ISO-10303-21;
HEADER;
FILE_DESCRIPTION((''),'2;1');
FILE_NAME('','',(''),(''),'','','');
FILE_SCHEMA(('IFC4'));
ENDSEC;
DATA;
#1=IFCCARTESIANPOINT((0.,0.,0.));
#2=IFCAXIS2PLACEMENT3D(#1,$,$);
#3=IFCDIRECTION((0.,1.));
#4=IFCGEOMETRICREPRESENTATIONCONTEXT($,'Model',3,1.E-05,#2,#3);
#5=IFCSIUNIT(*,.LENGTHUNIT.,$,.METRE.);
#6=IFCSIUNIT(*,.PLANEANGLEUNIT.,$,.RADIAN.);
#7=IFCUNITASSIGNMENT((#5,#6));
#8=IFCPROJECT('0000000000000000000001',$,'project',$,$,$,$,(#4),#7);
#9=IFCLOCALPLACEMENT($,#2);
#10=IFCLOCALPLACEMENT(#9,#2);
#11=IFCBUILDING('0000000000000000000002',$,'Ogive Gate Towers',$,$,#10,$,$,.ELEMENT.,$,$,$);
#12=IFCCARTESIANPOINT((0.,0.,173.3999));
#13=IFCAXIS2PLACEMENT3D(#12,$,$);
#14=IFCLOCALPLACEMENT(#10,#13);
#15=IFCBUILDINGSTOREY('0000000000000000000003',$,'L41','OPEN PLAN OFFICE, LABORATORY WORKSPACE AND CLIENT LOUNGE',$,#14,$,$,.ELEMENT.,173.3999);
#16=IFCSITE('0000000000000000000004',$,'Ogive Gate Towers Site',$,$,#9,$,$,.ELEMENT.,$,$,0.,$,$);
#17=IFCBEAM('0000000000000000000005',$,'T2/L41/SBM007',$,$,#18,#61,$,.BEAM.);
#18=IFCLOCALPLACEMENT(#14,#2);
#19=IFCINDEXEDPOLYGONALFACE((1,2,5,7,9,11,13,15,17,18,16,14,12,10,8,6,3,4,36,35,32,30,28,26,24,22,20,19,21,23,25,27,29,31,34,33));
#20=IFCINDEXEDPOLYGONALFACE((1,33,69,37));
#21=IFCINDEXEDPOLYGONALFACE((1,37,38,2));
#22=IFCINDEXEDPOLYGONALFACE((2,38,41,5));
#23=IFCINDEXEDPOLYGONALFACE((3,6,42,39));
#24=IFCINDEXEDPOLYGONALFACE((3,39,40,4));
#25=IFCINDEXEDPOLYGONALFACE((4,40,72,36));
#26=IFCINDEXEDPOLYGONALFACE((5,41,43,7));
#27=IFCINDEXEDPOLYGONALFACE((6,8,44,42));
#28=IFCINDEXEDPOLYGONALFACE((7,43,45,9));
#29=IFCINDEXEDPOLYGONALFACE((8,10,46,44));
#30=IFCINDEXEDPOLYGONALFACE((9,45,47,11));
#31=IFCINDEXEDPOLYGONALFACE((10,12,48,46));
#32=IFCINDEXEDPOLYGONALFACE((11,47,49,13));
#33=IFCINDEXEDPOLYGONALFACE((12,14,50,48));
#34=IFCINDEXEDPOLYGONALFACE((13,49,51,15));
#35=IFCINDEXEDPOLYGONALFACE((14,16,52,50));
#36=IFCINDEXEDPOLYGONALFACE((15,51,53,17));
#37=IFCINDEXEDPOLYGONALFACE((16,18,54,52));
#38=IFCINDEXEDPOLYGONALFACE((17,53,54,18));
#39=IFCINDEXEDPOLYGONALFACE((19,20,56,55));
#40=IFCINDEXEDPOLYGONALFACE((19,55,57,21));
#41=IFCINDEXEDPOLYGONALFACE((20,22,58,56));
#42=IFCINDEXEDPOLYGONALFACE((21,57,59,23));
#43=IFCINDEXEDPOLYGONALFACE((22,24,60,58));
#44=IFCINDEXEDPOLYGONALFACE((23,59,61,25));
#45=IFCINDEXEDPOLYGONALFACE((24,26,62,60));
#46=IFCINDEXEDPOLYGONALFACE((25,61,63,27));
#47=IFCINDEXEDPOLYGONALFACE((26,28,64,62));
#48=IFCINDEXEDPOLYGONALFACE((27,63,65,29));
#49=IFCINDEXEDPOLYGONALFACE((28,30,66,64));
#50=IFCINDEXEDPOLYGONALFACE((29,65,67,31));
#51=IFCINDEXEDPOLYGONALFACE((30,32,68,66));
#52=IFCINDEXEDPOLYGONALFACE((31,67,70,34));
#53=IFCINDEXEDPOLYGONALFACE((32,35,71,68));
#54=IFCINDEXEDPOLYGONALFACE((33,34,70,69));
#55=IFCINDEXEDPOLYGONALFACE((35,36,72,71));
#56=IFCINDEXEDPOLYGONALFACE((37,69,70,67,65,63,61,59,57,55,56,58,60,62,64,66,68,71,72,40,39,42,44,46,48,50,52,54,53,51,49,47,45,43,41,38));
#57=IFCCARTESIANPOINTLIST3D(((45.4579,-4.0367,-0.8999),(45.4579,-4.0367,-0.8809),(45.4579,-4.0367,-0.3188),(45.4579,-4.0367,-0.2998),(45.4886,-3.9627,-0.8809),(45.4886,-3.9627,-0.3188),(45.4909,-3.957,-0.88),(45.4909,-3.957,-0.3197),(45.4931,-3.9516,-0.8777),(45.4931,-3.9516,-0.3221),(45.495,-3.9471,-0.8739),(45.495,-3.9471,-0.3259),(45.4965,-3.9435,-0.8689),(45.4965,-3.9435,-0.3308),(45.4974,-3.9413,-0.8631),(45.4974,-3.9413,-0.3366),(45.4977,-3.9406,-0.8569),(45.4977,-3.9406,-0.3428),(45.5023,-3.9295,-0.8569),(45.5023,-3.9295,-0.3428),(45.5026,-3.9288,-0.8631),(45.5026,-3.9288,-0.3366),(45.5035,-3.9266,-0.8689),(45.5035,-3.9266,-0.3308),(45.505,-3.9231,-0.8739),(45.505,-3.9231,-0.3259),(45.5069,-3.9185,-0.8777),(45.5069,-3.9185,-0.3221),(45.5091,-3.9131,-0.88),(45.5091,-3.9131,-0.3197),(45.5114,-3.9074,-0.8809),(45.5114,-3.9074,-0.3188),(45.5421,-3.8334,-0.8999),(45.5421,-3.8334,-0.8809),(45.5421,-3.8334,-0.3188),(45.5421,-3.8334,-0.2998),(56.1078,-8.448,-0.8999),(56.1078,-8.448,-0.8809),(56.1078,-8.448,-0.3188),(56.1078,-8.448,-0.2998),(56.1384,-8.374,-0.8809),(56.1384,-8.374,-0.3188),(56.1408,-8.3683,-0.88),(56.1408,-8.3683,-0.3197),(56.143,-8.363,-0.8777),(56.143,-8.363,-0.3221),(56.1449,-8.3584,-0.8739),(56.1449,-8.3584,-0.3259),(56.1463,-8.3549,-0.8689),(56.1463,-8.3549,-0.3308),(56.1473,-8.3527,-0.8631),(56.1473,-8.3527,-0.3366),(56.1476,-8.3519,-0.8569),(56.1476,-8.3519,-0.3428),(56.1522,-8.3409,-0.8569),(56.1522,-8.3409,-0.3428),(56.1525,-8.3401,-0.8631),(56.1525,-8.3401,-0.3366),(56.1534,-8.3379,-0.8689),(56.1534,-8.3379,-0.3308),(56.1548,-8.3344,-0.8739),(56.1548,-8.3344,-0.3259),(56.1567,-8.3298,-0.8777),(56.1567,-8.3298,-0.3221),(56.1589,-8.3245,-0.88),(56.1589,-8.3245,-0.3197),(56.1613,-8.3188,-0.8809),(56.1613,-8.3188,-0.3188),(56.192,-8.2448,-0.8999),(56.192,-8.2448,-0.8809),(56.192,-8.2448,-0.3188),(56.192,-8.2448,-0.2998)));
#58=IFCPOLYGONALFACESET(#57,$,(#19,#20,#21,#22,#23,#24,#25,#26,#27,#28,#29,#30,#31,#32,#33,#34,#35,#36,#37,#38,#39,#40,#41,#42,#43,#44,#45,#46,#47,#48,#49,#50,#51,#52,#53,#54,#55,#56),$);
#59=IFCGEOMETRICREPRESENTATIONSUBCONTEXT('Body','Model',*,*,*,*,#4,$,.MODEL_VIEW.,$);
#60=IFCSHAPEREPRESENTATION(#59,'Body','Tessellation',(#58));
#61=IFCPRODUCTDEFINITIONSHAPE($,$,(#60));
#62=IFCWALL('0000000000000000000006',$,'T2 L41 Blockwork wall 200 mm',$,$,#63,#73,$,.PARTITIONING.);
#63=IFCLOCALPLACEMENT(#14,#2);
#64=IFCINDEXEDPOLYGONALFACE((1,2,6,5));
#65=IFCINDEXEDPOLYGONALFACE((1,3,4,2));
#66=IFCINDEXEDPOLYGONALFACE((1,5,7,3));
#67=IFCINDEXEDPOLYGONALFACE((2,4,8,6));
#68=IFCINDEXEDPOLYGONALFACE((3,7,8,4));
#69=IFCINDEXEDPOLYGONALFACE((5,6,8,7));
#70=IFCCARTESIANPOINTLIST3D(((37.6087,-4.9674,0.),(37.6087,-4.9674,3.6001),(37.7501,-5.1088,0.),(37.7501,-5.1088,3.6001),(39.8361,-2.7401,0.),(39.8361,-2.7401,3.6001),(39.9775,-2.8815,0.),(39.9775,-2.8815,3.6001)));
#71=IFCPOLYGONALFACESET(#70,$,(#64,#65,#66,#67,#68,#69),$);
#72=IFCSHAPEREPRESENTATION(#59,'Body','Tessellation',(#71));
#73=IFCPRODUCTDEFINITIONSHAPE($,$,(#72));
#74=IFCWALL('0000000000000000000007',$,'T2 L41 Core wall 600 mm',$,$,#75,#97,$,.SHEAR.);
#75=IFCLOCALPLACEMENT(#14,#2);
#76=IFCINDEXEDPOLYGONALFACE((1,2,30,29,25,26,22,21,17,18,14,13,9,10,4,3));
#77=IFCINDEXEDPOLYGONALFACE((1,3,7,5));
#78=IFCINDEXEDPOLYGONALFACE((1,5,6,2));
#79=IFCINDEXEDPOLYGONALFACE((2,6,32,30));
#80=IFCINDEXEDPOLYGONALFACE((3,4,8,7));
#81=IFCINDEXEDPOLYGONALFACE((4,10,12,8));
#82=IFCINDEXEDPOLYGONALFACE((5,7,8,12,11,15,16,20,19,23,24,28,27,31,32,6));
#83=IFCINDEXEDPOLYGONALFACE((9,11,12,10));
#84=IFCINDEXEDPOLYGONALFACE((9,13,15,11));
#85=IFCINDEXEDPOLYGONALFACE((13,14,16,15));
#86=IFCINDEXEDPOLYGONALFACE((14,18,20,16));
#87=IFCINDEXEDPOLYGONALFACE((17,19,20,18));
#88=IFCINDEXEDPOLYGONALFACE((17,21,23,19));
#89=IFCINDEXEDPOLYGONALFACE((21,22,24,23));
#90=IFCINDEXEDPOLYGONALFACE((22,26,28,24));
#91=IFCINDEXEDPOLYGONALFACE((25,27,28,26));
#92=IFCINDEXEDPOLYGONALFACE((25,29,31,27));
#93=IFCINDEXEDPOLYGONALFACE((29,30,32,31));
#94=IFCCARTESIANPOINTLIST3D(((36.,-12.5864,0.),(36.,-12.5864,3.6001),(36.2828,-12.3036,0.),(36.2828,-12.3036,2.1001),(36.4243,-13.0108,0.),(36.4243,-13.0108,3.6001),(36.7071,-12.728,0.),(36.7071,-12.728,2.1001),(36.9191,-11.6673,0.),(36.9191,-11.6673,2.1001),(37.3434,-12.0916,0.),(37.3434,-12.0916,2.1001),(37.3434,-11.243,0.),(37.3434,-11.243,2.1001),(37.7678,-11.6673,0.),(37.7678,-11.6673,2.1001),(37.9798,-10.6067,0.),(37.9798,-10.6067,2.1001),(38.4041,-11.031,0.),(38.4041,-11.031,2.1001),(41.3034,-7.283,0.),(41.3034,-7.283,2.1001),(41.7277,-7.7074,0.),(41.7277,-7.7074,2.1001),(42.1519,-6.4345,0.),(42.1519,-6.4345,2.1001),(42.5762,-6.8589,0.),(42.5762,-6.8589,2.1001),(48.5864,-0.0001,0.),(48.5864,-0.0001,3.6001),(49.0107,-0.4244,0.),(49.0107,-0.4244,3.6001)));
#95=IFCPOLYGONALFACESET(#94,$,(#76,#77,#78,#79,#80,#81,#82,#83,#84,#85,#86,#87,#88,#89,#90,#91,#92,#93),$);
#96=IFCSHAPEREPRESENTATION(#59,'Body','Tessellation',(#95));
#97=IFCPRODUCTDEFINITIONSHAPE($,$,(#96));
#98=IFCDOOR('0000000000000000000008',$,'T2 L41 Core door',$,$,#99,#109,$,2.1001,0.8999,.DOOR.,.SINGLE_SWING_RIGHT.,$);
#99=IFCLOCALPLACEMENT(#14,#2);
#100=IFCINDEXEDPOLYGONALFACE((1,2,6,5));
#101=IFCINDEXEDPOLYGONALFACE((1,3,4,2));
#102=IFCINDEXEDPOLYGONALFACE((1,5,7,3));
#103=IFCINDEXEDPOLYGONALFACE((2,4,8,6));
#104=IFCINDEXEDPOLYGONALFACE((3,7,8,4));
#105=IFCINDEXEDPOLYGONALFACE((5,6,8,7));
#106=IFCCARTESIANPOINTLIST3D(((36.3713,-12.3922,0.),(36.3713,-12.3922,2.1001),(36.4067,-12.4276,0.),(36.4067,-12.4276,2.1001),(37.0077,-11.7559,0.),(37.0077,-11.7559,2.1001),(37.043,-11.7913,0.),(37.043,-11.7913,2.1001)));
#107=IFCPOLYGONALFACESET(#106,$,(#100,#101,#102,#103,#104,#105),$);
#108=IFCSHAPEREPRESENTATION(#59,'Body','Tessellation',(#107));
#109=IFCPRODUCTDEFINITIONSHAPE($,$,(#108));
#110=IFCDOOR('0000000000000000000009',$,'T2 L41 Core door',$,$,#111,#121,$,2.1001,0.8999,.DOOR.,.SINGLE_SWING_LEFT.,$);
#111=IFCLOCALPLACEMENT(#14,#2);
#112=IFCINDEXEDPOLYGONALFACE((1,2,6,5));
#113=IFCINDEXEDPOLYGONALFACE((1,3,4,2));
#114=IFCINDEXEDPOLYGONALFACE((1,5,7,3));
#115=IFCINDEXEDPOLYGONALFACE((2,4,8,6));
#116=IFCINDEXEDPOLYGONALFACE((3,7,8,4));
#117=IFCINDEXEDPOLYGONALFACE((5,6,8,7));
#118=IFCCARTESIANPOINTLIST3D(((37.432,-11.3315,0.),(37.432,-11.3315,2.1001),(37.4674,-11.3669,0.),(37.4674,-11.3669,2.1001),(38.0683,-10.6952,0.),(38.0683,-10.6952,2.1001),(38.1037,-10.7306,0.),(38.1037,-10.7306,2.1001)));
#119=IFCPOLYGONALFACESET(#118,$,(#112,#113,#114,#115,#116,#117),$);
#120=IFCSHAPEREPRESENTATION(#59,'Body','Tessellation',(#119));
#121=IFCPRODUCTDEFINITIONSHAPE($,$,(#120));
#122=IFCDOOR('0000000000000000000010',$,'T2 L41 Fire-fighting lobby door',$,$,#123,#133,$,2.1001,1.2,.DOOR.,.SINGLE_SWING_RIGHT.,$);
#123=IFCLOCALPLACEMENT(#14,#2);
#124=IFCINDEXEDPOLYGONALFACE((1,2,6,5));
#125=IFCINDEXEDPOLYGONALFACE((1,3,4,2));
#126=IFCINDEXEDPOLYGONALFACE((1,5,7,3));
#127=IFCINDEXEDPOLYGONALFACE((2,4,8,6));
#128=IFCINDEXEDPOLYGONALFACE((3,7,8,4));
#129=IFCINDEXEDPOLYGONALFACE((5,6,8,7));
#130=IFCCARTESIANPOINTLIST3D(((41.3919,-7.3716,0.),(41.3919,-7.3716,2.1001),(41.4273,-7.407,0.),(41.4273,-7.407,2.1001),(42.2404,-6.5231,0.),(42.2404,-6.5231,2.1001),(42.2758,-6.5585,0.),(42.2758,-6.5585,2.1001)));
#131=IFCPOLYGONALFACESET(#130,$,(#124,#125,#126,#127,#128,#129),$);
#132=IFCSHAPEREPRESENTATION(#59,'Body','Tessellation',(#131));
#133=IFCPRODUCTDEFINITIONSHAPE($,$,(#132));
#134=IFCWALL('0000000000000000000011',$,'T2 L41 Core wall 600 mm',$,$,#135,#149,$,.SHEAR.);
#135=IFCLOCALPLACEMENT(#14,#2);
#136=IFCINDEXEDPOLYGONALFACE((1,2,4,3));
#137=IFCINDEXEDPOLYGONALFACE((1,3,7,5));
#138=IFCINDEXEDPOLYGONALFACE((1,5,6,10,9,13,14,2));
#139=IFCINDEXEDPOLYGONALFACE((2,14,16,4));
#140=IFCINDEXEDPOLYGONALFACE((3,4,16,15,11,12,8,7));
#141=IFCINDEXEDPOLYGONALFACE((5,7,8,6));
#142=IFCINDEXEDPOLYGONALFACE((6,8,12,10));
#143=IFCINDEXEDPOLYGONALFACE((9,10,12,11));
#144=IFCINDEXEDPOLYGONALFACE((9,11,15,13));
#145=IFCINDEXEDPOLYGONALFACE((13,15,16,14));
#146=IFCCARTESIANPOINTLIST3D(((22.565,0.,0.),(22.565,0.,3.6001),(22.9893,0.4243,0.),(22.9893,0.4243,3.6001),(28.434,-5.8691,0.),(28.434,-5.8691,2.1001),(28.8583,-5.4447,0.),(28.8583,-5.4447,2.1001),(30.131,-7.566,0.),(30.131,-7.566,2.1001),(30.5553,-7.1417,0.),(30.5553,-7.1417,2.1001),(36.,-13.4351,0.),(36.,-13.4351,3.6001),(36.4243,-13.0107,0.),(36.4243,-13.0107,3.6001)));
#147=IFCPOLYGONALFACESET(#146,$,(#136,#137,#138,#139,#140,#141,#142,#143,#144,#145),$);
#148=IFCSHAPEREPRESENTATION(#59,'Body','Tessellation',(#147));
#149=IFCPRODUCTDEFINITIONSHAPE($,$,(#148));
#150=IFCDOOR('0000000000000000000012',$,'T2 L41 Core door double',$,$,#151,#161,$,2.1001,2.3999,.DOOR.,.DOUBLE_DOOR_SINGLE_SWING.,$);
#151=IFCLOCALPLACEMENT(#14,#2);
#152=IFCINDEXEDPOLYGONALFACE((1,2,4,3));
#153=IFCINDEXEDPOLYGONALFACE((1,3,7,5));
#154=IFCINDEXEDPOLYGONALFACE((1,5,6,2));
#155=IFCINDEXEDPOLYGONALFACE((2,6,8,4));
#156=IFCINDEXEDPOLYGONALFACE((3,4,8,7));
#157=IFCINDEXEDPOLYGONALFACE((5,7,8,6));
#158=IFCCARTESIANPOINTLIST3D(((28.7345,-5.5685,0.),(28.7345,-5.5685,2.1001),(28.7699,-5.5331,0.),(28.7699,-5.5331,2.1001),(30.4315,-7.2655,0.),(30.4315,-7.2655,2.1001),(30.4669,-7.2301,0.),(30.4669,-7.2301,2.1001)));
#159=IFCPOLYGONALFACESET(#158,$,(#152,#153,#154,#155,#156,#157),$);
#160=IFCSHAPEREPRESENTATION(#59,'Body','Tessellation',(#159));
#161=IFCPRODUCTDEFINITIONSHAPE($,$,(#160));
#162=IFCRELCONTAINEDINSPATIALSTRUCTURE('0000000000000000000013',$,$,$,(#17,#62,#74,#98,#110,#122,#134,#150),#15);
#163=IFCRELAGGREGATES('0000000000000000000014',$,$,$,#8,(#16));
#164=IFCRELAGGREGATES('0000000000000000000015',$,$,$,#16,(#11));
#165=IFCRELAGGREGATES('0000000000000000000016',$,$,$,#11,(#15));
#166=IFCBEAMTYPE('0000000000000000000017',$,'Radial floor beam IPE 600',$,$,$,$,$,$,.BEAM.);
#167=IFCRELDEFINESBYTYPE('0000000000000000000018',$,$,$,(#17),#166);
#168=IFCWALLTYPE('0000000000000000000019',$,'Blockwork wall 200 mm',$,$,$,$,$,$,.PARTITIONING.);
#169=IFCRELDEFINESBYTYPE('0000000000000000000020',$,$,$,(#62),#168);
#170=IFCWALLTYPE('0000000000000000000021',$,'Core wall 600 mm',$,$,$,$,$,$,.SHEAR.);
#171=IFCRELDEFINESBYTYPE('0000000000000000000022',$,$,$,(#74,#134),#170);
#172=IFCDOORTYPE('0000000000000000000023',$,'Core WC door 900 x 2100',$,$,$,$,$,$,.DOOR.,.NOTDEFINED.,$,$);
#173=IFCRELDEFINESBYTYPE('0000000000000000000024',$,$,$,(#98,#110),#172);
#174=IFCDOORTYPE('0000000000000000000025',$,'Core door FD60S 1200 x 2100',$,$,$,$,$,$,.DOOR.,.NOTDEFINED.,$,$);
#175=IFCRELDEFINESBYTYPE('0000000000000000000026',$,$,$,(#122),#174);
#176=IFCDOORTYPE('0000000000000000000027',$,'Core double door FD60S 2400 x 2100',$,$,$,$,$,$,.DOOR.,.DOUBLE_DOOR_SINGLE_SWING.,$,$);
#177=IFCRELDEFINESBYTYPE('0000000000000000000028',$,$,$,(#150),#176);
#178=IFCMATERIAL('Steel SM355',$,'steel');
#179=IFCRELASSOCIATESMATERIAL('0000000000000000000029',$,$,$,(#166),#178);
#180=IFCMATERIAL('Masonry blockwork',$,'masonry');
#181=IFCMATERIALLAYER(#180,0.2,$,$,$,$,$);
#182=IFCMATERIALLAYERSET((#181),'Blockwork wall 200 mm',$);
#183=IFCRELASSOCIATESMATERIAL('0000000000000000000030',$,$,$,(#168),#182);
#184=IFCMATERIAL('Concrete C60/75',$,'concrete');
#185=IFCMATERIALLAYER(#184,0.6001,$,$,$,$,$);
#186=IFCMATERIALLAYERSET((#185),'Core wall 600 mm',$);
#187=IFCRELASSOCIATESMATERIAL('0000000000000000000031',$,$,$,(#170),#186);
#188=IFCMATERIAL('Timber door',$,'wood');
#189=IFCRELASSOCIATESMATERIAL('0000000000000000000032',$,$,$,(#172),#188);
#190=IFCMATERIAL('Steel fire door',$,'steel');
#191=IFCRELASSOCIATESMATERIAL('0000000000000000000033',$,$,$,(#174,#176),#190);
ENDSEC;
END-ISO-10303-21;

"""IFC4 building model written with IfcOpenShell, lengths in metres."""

from ifc_helpers import new_model, si_unit, direction, frame, frame_2d, origin, origin_2d, place, context, subcontext, project, spatial, rectangle, i_section, extrude, material, layer, layer_set, material_profile, profile_set, type_object, element, fill, save


model = new_model("IFC4")

# Units and contexts
model_context = context("Model", 3, precision=1e-05, world=origin(), true_north=direction((0.0, 1.0)))
body_context = subcontext(model_context, "Body", "Model", "MODEL_VIEW")
ifc_project = project(units=[si_unit("LENGTHUNIT", "METRE"), si_unit("PLANEANGLEUNIT", "RADIAN")], contexts=[model_context])

# Site, building, storey
site_placement = place(None, origin())
site = spatial("IfcSite", under=ifc_project, at=site_placement, Name="Ogive Gate Towers Site", CompositionType="ELEMENT", RefElevation=0.0)
building_placement = place(site_placement, origin())
building = spatial("IfcBuilding", under=site, at=building_placement, Name="Ogive Gate Towers", CompositionType="ELEMENT")
storey_placement = place(building_placement, frame((0.0, 0.0, 173.3999)))
storey = spatial("IfcBuildingStorey", under=building, at=storey_placement, Name="L41", Description="OPEN PLAN OFFICE, LABORATORY WORKSPACE AND CLIENT LOUNGE", CompositionType="ELEMENT", Elevation=173.3999)

# Beam
ifc_material_1 = material(Name="Steel SM355", Category="steel")
ifc_material_profile_1 = material_profile(ifc_material_1, i_section(OverallWidth=0.22, OverallDepth=0.6001, WebThickness=0.012, FlangeThickness=0.019, FilletRadius=0.0239, at=origin_2d()), Name="IPE 600")
ifc_profile_set_1 = profile_set([ifc_material_profile_1], Name="Steel SM355")
beam_type_1 = type_object("IfcBeamType", Name="Radial floor beam IPE 600", PredefinedType="BEAM", material=ifc_profile_set_1)
beam_1_placement = place(storey_placement, frame((45.5, -3.9351, -0.5999), z_axis=(0.923878, -0.382687, 0.0), x_axis=(0.382687, 0.923878, 0.0)))
element("IfcBeam", 1, at=beam_1_placement, inside=storey, type_object=beam_type_1, Name="T2/L41/SBM007", PredefinedType="BEAM", context=body_context, shape_type="SweptSolid", body=[
    extrude(i_section(OverallWidth=0.22, OverallDepth=0.6001, WebThickness=0.012, FlangeThickness=0.019, FilletRadius=0.0239, at=origin_2d()), origin(), (0.0, 0.0, 1.0), 11.5273),
])

# Wall
ifc_material_2 = material(Name="Masonry blockwork", Category="masonry")
ifc_layer_1 = layer(ifc_material_2, 0.2)
ifc_layer_set_1 = layer_set([ifc_layer_1], Name="Blockwork wall 200 mm")
wall_type_1 = type_object("IfcWallType", Name="Blockwork wall 200 mm", PredefinedType="PARTITIONING", material=ifc_layer_set_1)
wall_1_placement = place(storey_placement, frame((37.6794, -5.0381, 0.0), z_axis=(0.0, 0.0, 1.0), x_axis=(0.707107, 0.707107, 0.0)))
element("IfcWall", 2, at=wall_1_placement, inside=storey, type_object=wall_type_1, Name="T2 L41 Blockwork wall 200 mm", PredefinedType="PARTITIONING", context=body_context, shape_type="SweptSolid", body=[
    extrude(rectangle(XDim=3.1499, YDim=0.2, at=frame_2d((1.575, 0.0))), origin(), (0.0, 0.0, 1.0), 3.6001),
])

# Wall, openings, doors
ifc_material_3 = material(Name="Concrete C60/75", Category="concrete")
ifc_layer_2 = layer(ifc_material_3, 0.6001)
ifc_layer_set_2 = layer_set([ifc_layer_2], Name="Core wall 600 mm")
wall_type_2 = type_object("IfcWallType", Name="Core wall 600 mm", PredefinedType="SHEAR", material=ifc_layer_set_2)
wall_2_placement = place(storey_placement, frame((36.2122, -12.7986, 0.0), z_axis=(0.0, 0.0, 1.0), x_axis=(0.707107, 0.707107, 0.0)))
wall_2 = element("IfcWall", 3, at=wall_2_placement, inside=storey, type_object=wall_type_2, Name="T2 L41 Core wall 600 mm", PredefinedType="SHEAR", context=body_context, shape_type="SweptSolid", body=[
    extrude(rectangle(XDim=17.7998, YDim=0.6001, at=frame_2d((8.8999, 0.0))), origin(), (0.0, 0.0, 1.0), 3.6001),
])
opening_1_placement = place(wall_2_placement, frame((7.5, 0.0, 0.0)))
opening_1 = element("IfcOpeningElement", 4, at=opening_1_placement, cuts=wall_2, PredefinedType="OPENING", context=body_context, shape_type="SweptSolid", body=[
    extrude(rectangle(XDim=1.2, YDim=2.1001, at=frame_2d((0.6001, 1.05))), frame((0.0, 0.3101, 0.0), z_axis=(0.0, -1.0, 0.0), x_axis=(1.0, 0.0, 0.0)), (0.0, 0.0, 1.0), 0.6201),
])
opening_2_placement = place(wall_2_placement, frame((0.3999, 0.0, 0.0)))
opening_2 = element("IfcOpeningElement", 5, at=opening_2_placement, cuts=wall_2, PredefinedType="OPENING", context=body_context, shape_type="SweptSolid", body=[
    extrude(rectangle(XDim=0.8999, YDim=2.1001, at=frame_2d((0.45, 1.05))), frame((0.0, 0.3101, 0.0), z_axis=(0.0, -1.0, 0.0), x_axis=(1.0, 0.0, 0.0)), (0.0, 0.0, 1.0), 0.6201),
])
opening_3_placement = place(wall_2_placement, frame((1.8999, 0.0, 0.0)))
opening_3 = element("IfcOpeningElement", 6, at=opening_3_placement, cuts=wall_2, PredefinedType="OPENING", context=body_context, shape_type="SweptSolid", body=[
    extrude(rectangle(XDim=0.8999, YDim=2.1001, at=frame_2d((0.45, 1.05))), frame((0.0, 0.3101, 0.0), z_axis=(0.0, -1.0, 0.0), x_axis=(1.0, 0.0, 0.0)), (0.0, 0.0, 1.0), 0.6201),
])
ifc_material_4 = material(Name="Timber door", Category="wood")
door_type_1 = type_object("IfcDoorType", Name="Core WC door 900 x 2100", OperationType="NOTDEFINED", PredefinedType="DOOR", material=ifc_material_4)
door_1_placement = place(opening_2_placement, origin())
door_1 = element("IfcDoor", 7, at=door_1_placement, inside=storey, type_object=door_type_1, Name="T2 L41 Core door", OperationType="SINGLE_SWING_RIGHT", OverallHeight=2.1001, OverallWidth=0.8999, PredefinedType="DOOR", context=body_context, shape_type="SweptSolid", body=[
    extrude(rectangle(XDim=0.8999, YDim=2.1001, at=frame_2d((0.45, 1.05))), frame((0.0, 0.1748, 0.0), z_axis=(0.0, -1.0, 0.0), x_axis=(1.0, 0.0, 0.0)), (0.0, 0.0, 1.0), 0.05),
])
fill(opening_2, door_1)
door_2_placement = place(opening_3_placement, origin())
door_2 = element("IfcDoor", 8, at=door_2_placement, inside=storey, type_object=door_type_1, Name="T2 L41 Core door", OperationType="SINGLE_SWING_LEFT", OverallHeight=2.1001, OverallWidth=0.8999, PredefinedType="DOOR", context=body_context, shape_type="SweptSolid", body=[
    extrude(rectangle(XDim=0.8999, YDim=2.1001, at=frame_2d((0.45, 1.05))), frame((0.0, 0.1748, 0.0), z_axis=(0.0, -1.0, 0.0), x_axis=(1.0, 0.0, 0.0)), (0.0, 0.0, 1.0), 0.05),
])
fill(opening_3, door_2)
ifc_material_5 = material(Name="Steel fire door", Category="steel")
door_type_2 = type_object("IfcDoorType", Name="Core door FD60S 1200 x 2100", OperationType="NOTDEFINED", PredefinedType="DOOR", material=ifc_material_5)
door_3_placement = place(opening_1_placement, origin())
door_3 = element("IfcDoor", 9, at=door_3_placement, inside=storey, type_object=door_type_2, Name="T2 L41 Fire-fighting lobby door", OperationType="SINGLE_SWING_RIGHT", OverallHeight=2.1001, OverallWidth=1.2, PredefinedType="DOOR", context=body_context, shape_type="SweptSolid", body=[
    extrude(rectangle(XDim=1.2, YDim=2.1001, at=frame_2d((0.6001, 1.05))), frame((0.0, 0.1748, 0.0), z_axis=(0.0, -1.0, 0.0), x_axis=(1.0, 0.0, 0.0)), (0.0, 0.0, 1.0), 0.05),
])
fill(opening_1, door_3)

# Wall, opening, door
wall_3_placement = place(storey_placement, frame((36.2122, -13.2229, 0.0), z_axis=(0.0, 0.0, 1.0), x_axis=(-0.707107, 0.707107, 0.0)))
wall_3 = element("IfcWall", 10, at=wall_3_placement, inside=storey, type_object=wall_type_2, Name="T2 L41 Core wall 600 mm", PredefinedType="SHEAR", context=body_context, shape_type="SweptSolid", body=[
    extrude(rectangle(XDim=19.0, YDim=0.6001, at=frame_2d((9.5, 0.0))), origin(), (0.0, 0.0, 1.0), 3.6001),
])
opening_4_placement = place(wall_3_placement, frame((8.3, 0.0, 0.0)))
opening_4 = element("IfcOpeningElement", 11, at=opening_4_placement, cuts=wall_3, PredefinedType="OPENING", context=body_context, shape_type="SweptSolid", body=[
    extrude(rectangle(XDim=2.3999, YDim=2.1001, at=frame_2d((1.2, 1.05))), frame((0.0, 0.3101, 0.0), z_axis=(0.0, -1.0, 0.0), x_axis=(1.0, 0.0, 0.0)), (0.0, 0.0, 1.0), 0.6201),
])
door_type_3 = type_object("IfcDoorType", Name="Core double door FD60S 2400 x 2100", OperationType="DOUBLE_DOOR_SINGLE_SWING", PredefinedType="DOOR", material=ifc_material_5)
door_4_placement = place(opening_4_placement, origin())
door_4 = element("IfcDoor", 12, at=door_4_placement, inside=storey, type_object=door_type_3, Name="T2 L41 Core door double", OperationType="DOUBLE_DOOR_SINGLE_SWING", OverallHeight=2.1001, OverallWidth=2.3999, PredefinedType="DOOR", context=body_context, shape_type="SweptSolid", body=[
    extrude(rectangle(XDim=2.3999, YDim=2.1001, at=frame_2d((1.2, 1.05))), frame((0.0, -0.125, 0.0), z_axis=(0.0, -1.0, 0.0), x_axis=(1.0, 0.0, 0.0)), (0.0, 0.0, 1.0), 0.05),
])
fill(opening_4, door_4)

save(model, "model.ifc")
